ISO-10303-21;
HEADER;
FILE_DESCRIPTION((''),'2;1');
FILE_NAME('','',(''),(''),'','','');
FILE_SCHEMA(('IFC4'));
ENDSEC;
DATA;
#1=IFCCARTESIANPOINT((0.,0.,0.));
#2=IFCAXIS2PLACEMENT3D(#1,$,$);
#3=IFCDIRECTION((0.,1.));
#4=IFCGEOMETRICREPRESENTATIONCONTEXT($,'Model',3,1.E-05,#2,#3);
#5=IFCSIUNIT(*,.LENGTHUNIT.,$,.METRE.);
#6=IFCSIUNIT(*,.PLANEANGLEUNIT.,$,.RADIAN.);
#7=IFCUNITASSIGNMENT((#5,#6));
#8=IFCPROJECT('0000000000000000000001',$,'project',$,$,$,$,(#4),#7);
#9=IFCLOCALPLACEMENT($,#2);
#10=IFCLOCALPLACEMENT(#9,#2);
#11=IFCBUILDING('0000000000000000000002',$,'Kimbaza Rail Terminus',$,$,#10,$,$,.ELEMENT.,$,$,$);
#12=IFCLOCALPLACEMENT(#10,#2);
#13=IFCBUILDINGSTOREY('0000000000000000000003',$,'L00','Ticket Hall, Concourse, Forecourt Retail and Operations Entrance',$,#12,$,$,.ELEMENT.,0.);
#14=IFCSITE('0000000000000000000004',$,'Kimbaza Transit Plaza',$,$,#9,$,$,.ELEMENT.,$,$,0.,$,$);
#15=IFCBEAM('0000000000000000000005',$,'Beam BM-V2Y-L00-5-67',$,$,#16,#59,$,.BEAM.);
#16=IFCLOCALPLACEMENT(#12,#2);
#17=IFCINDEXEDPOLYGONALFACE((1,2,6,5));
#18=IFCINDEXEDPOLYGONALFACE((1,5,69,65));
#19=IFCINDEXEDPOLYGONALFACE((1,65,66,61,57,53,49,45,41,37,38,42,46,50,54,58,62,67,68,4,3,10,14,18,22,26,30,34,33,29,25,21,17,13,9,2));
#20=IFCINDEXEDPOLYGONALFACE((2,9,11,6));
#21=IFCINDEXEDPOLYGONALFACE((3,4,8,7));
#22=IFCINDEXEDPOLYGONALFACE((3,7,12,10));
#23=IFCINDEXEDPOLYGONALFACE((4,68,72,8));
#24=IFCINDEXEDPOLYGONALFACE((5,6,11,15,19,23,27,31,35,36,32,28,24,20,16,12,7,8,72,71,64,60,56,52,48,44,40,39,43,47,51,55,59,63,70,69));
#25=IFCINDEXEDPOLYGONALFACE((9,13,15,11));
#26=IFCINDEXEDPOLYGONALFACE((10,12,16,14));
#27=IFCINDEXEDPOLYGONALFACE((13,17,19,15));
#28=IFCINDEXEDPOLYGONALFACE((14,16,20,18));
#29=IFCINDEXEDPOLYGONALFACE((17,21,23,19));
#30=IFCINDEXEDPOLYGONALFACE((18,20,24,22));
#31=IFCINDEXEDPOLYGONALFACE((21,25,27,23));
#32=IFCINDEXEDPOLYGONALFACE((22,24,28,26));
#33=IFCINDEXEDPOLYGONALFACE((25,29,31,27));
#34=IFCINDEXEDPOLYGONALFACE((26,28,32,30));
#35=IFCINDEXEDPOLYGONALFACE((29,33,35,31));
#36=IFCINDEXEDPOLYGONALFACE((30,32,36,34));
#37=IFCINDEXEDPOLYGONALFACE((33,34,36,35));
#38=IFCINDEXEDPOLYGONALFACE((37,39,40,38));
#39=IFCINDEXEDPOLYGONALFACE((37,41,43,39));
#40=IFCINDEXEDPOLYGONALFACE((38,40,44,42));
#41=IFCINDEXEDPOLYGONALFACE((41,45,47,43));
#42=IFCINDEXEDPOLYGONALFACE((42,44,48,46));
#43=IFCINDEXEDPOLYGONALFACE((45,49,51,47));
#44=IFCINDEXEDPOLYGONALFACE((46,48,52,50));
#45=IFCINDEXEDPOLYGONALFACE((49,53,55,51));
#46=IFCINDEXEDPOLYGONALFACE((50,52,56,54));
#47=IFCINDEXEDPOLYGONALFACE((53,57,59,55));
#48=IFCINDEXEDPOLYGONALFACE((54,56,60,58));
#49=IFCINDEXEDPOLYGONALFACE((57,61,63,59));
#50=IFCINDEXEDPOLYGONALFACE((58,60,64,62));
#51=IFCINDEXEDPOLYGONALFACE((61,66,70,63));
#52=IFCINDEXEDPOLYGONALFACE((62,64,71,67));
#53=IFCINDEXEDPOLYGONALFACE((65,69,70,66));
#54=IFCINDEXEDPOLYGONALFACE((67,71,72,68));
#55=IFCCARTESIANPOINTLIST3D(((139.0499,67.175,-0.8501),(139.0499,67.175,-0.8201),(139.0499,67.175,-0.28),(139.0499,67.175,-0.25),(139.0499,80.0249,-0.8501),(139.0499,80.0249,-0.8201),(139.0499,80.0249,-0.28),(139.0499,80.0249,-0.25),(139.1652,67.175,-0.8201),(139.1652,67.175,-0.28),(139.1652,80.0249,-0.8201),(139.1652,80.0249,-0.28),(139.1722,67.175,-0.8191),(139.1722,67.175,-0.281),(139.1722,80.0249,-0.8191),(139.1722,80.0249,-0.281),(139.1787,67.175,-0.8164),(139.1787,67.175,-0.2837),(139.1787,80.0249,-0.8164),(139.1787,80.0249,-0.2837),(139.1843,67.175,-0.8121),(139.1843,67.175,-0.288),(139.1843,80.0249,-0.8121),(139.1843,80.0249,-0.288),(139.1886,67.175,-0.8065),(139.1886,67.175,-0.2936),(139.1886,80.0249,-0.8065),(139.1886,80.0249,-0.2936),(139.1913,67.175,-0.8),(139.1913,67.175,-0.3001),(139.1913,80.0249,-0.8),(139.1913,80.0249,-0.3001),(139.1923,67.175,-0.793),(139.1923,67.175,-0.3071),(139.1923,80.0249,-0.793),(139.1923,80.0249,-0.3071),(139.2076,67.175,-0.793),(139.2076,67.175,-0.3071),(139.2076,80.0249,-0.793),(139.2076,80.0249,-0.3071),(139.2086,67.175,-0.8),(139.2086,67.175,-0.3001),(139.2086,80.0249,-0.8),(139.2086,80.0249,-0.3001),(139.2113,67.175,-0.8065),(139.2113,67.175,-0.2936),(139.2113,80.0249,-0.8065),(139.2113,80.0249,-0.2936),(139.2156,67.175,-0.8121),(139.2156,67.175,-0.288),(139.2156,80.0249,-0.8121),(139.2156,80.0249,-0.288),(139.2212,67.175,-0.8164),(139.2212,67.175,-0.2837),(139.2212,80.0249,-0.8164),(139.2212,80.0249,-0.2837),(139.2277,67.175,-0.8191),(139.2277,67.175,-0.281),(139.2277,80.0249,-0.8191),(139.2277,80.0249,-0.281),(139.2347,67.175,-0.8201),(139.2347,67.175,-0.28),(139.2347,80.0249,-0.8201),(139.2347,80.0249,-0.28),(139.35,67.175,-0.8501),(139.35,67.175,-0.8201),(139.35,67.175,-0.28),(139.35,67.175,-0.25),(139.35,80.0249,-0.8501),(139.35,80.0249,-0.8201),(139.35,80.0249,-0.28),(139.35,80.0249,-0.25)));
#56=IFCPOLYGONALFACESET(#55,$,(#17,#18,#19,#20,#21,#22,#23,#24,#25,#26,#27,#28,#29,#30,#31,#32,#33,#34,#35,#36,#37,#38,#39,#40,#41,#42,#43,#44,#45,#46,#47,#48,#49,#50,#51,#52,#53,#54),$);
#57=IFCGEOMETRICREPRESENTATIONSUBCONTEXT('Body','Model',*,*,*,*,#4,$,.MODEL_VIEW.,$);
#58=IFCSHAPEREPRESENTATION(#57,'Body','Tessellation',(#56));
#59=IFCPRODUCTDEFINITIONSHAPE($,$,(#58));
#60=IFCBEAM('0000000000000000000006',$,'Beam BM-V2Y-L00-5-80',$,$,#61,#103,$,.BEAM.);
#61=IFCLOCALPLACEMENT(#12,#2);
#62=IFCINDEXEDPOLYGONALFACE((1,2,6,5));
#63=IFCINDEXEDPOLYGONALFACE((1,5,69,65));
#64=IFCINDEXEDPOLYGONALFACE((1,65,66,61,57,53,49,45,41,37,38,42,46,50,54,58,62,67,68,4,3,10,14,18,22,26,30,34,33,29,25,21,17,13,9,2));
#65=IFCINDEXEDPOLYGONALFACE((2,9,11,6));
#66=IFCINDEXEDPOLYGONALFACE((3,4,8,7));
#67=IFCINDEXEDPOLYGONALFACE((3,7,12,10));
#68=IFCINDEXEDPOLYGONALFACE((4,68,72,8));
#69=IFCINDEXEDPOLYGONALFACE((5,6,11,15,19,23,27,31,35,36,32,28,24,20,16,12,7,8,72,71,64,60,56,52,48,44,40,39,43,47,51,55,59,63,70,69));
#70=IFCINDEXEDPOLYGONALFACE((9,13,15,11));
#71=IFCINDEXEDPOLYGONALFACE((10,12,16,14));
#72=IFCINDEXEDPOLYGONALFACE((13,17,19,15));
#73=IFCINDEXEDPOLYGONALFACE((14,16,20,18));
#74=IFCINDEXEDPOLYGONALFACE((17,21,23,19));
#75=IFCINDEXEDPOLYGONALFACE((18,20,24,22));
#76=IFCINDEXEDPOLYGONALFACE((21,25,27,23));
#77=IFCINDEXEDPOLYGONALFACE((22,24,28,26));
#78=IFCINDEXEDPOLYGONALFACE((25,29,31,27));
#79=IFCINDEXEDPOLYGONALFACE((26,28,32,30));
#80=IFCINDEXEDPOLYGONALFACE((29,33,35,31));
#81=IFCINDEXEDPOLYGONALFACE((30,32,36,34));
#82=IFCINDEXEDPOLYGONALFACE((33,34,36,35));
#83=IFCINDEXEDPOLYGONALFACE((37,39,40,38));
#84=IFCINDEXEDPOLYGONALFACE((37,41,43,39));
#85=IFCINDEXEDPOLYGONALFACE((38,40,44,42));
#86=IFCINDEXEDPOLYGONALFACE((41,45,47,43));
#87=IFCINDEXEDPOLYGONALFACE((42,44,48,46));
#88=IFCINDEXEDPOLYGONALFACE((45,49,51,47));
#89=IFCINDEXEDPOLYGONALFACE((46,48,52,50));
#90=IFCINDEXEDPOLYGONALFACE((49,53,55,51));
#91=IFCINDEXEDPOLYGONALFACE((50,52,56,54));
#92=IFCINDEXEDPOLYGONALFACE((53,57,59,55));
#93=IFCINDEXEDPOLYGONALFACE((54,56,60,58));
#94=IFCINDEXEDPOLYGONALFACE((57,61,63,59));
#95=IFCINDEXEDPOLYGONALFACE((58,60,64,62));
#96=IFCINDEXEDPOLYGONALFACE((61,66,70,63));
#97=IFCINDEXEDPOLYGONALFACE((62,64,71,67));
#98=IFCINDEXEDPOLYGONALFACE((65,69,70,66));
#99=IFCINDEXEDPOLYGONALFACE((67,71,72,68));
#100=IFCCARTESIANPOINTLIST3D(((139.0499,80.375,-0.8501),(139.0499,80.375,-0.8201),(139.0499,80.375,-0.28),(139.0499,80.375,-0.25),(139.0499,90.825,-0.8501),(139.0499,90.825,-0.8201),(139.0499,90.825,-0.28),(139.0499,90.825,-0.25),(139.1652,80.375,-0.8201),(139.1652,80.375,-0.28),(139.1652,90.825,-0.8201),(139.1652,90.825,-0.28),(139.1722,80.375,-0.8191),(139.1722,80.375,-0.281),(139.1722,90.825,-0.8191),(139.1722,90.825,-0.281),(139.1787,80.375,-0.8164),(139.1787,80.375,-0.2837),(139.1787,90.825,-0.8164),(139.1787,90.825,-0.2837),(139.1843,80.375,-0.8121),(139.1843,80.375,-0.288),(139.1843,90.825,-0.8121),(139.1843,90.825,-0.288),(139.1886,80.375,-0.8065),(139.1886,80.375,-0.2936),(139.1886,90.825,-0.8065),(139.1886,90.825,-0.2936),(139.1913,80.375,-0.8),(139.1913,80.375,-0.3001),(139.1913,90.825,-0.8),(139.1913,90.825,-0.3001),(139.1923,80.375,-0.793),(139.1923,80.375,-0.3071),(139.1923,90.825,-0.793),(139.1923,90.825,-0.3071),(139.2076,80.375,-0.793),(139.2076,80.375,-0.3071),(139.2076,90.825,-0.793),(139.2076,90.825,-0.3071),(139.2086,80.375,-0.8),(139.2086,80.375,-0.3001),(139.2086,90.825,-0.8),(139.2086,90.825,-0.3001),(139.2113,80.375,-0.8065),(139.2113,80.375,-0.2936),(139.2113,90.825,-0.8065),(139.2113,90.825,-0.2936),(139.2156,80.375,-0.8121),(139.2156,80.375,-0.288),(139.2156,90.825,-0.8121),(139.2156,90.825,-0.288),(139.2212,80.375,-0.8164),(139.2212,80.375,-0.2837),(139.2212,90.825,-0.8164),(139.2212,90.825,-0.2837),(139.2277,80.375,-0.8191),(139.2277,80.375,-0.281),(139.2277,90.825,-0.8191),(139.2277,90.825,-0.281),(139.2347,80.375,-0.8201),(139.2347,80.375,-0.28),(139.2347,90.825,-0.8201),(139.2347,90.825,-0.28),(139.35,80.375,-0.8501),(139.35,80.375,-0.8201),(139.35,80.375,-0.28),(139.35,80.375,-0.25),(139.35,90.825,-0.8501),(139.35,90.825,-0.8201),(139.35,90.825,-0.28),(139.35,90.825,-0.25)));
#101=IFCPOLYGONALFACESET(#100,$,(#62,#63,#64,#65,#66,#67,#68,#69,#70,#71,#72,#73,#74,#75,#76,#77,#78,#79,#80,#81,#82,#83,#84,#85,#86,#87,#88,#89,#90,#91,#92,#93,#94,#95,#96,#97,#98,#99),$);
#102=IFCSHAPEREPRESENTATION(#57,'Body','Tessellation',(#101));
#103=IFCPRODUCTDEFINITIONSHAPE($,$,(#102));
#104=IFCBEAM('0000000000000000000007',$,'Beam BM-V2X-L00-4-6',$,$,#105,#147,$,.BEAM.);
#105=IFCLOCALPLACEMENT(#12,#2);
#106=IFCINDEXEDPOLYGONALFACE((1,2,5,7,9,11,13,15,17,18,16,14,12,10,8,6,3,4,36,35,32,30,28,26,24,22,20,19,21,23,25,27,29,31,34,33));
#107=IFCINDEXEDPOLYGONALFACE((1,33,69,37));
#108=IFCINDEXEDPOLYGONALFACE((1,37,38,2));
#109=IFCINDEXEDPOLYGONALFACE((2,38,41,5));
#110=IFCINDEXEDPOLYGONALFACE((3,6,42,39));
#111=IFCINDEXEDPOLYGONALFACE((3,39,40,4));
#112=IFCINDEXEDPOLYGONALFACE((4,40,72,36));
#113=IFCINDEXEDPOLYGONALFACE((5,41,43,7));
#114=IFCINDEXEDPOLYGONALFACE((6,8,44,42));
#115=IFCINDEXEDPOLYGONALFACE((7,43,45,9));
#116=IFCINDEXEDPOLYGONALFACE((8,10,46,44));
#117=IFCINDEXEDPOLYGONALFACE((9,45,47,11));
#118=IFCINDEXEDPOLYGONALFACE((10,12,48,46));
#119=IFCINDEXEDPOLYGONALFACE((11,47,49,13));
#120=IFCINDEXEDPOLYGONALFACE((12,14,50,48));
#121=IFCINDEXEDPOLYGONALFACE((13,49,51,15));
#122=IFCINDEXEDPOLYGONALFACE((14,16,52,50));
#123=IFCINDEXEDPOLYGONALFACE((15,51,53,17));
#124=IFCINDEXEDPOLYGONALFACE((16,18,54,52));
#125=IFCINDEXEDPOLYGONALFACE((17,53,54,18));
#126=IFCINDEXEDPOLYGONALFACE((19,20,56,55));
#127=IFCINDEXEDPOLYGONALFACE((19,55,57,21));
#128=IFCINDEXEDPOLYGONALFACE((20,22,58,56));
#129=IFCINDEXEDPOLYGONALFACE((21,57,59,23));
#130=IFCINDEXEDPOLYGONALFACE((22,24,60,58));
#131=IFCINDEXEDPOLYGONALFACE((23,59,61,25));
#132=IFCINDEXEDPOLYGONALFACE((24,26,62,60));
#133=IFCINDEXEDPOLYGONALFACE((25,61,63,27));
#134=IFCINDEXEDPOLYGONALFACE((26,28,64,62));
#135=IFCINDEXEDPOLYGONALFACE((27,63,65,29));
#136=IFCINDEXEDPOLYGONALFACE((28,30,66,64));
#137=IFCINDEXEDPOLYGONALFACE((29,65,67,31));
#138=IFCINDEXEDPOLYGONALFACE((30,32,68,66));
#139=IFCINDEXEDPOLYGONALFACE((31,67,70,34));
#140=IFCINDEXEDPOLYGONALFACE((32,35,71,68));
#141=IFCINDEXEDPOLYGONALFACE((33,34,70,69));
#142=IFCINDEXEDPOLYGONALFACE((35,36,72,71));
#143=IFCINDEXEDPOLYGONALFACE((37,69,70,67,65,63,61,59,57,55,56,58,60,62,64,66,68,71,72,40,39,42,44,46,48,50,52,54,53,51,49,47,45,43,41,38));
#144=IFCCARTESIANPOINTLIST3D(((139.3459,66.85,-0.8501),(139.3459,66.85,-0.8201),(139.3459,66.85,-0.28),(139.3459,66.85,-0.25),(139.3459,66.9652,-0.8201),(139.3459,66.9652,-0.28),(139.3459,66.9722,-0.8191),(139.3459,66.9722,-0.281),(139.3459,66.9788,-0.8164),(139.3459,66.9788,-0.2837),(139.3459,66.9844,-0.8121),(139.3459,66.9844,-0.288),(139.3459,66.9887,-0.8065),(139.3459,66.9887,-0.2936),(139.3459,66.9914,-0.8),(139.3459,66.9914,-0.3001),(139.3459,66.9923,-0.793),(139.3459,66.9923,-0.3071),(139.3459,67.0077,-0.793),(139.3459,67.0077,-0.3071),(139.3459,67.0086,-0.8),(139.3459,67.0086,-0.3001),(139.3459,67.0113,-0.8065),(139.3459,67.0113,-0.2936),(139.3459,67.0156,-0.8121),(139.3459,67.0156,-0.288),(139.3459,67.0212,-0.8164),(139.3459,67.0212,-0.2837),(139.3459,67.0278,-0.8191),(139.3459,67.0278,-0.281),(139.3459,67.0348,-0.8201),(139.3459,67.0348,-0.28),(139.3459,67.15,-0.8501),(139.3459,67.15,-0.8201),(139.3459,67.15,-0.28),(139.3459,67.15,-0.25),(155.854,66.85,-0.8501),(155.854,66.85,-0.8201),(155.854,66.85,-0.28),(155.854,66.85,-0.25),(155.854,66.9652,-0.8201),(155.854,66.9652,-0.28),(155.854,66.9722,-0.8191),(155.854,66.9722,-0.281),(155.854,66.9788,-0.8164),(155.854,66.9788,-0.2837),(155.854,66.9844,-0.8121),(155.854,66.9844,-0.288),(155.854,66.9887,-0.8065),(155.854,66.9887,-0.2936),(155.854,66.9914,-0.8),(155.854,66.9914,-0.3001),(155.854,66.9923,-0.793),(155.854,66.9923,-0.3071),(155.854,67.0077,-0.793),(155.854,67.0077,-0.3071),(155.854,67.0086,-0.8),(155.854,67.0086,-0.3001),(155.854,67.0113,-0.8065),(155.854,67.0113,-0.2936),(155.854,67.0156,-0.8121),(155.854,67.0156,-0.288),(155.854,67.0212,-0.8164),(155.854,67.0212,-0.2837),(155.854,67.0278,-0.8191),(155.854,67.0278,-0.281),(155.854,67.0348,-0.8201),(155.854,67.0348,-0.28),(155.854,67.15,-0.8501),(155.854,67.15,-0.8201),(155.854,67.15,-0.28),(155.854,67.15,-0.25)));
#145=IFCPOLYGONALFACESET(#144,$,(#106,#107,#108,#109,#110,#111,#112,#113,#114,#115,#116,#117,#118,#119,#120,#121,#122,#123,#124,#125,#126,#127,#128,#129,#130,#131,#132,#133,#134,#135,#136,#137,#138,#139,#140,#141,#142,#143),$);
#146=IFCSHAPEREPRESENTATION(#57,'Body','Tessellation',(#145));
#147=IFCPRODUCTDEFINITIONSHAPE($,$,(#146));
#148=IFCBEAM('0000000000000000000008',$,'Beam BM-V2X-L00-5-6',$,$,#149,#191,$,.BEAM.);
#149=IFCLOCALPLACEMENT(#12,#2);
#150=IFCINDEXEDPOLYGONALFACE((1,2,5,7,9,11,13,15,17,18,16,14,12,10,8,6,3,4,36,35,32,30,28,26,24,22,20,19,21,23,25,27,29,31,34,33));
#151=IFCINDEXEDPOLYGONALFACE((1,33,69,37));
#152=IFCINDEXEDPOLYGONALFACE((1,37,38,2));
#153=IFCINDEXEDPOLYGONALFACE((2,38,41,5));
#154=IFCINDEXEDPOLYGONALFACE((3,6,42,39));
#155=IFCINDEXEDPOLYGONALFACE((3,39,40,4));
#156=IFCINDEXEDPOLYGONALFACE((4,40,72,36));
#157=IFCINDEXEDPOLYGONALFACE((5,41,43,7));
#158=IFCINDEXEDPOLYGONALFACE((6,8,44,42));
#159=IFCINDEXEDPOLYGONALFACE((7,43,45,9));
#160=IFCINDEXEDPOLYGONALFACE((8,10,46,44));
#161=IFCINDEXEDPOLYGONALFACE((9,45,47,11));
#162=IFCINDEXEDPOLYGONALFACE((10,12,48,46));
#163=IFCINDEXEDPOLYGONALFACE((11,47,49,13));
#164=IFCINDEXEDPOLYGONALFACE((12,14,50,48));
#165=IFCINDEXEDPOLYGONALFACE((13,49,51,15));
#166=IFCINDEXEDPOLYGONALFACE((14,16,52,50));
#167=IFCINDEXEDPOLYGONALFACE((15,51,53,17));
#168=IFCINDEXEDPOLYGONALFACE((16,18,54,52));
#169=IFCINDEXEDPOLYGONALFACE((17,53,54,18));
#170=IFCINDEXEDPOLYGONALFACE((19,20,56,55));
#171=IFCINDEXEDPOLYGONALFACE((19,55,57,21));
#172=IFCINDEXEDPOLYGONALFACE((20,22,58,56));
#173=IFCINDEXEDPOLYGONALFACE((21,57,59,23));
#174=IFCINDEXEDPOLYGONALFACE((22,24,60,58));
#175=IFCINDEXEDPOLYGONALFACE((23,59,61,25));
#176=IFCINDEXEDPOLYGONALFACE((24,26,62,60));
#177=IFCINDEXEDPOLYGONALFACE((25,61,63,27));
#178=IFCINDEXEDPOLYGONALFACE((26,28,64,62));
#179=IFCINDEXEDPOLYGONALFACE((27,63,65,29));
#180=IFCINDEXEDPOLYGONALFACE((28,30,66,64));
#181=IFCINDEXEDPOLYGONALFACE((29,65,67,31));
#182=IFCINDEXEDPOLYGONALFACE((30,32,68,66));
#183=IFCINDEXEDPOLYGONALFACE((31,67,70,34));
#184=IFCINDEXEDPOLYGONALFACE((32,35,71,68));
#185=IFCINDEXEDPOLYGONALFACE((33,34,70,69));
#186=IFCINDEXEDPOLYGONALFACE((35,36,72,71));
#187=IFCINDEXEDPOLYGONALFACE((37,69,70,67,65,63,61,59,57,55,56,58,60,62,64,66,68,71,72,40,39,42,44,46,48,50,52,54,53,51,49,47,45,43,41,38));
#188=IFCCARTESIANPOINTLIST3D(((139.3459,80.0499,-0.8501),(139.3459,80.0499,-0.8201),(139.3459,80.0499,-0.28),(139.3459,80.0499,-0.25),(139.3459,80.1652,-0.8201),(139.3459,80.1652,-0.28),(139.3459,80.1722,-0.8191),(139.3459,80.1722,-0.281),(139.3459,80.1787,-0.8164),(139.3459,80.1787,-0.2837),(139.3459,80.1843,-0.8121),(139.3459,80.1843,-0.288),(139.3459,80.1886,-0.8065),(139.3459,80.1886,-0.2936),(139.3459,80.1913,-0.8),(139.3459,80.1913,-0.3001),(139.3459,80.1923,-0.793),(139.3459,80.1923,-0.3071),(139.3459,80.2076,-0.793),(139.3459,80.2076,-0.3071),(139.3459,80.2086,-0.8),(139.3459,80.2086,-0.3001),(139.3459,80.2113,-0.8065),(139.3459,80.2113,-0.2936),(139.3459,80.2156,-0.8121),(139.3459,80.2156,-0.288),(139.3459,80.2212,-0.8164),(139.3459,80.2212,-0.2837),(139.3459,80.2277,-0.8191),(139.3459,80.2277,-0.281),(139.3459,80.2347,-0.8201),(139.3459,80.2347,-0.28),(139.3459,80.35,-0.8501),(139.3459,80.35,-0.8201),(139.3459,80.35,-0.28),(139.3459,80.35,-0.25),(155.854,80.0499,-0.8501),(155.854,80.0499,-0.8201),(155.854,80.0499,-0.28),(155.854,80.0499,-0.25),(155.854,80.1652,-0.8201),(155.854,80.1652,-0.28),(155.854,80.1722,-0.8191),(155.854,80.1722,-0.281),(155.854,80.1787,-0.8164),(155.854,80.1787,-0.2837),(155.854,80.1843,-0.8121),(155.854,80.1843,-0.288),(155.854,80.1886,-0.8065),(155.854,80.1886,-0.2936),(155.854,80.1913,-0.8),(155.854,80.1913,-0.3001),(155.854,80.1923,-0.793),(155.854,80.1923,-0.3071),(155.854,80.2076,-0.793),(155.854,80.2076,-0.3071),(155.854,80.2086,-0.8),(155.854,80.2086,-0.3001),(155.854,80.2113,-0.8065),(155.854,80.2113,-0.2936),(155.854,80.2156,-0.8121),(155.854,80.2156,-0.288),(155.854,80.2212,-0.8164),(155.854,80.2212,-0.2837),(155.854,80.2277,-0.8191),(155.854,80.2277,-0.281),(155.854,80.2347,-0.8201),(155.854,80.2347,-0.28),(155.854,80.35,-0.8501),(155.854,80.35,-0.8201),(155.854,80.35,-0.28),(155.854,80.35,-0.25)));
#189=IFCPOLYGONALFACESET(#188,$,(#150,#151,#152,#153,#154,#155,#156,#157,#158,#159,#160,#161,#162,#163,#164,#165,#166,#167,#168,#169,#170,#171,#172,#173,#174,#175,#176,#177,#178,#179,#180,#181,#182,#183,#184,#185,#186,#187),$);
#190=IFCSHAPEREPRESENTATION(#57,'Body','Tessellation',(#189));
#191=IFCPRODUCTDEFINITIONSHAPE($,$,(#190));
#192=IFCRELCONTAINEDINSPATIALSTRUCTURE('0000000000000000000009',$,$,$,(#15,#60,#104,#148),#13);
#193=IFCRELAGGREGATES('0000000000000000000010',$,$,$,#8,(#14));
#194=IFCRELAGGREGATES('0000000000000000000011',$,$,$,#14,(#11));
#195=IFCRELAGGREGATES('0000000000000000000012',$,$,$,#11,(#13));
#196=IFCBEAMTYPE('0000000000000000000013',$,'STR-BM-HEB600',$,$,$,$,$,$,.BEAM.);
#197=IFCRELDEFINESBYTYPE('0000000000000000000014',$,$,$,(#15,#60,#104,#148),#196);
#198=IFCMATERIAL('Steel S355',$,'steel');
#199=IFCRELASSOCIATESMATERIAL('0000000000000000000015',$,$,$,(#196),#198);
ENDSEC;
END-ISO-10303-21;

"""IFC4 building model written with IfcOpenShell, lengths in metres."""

from ifc_helpers import new_model, si_unit, direction, frame, origin, origin_2d, place, context, subcontext, project, spatial, i_section, extrude, material, material_profile, profile_set, type_object, element, save


model = new_model("IFC4")

# Units and contexts
model_context = context("Model", 3, precision=1e-05, world=origin(), true_north=direction((0.0, 1.0)))
body_context = subcontext(model_context, "Body", "Model", "MODEL_VIEW")
ifc_project = project(units=[si_unit("LENGTHUNIT", "METRE"), si_unit("PLANEANGLEUNIT", "RADIAN")], contexts=[model_context])

# Site, building, storey
site_placement = place(None, origin())
site = spatial("IfcSite", under=ifc_project, at=site_placement, Name="Kimbaza Transit Plaza", CompositionType="ELEMENT", RefElevation=0.0)
building_placement = place(site_placement, origin())
building = spatial("IfcBuilding", under=site, at=building_placement, Name="Kimbaza Rail Terminus", CompositionType="ELEMENT")
storey_placement = place(building_placement, origin())
storey = spatial("IfcBuildingStorey", under=building, at=storey_placement, Name="L00", Description="Ticket Hall, Concourse, Forecourt Retail and Operations Entrance", CompositionType="ELEMENT", Elevation=0.0)

# Beams
ifc_material_1 = material(Name="Steel S355", Category="steel")
ifc_material_profile_1 = material_profile(ifc_material_1, i_section(OverallWidth=0.3, OverallDepth=0.6001, WebThickness=0.0154, FlangeThickness=0.03, FilletRadius=0.0271, at=origin_2d()), Name="HEB 600")
ifc_profile_set_1 = profile_set([ifc_material_profile_1], Name="Steel S355")
beam_type_1 = type_object("IfcBeamType", Name="STR-BM-HEB600", PredefinedType="BEAM", material=ifc_profile_set_1)
beam_1_placement = place(storey_placement, frame((139.2, 67.175, -0.55), z_axis=(0.0, 1.0, 0.0), x_axis=(-1.0, 0.0, 0.0)))
element("IfcBeam", 1, at=beam_1_placement, inside=storey, type_object=beam_type_1, Name="Beam BM-V2Y-L00-5-67", PredefinedType="BEAM", context=body_context, shape_type="SweptSolid", body=[
    extrude(i_section(OverallWidth=0.3, OverallDepth=0.6001, WebThickness=0.0154, FlangeThickness=0.03, FilletRadius=0.0271, at=origin_2d()), origin(), (0.0, 0.0, 1.0), 12.8499),
])
beam_2_placement = place(storey_placement, frame((139.2, 80.375, -0.55), z_axis=(0.0, 1.0, 0.0), x_axis=(-1.0, 0.0, 0.0)))
element("IfcBeam", 2, at=beam_2_placement, inside=storey, type_object=beam_type_1, Name="Beam BM-V2Y-L00-5-80", PredefinedType="BEAM", context=body_context, shape_type="SweptSolid", body=[
    extrude(i_section(OverallWidth=0.3, OverallDepth=0.6001, WebThickness=0.0154, FlangeThickness=0.03, FilletRadius=0.0271, at=origin_2d()), origin(), (0.0, 0.0, 1.0), 10.45),
])
for number, where, z_axis, x_axis, name in (
    (3, (139.3459, 67.0, -0.55), (1.0, 0.0, 0.0), (0.0, 1.0, 0.0), "Beam BM-V2X-L00-4-6"),
    (4, (139.3459, 80.2, -0.55), (1.0, 0.0, 0.0), (0.0, 1.0, 0.0), "Beam BM-V2X-L00-5-6"),
):
    element("IfcBeam", number, at=place(storey_placement, frame(where, z_axis=z_axis, x_axis=x_axis)), inside=storey, type_object=beam_type_1, Name=name, PredefinedType="BEAM", context=body_context, shape_type="SweptSolid", body=[
        extrude(i_section(OverallWidth=0.3, OverallDepth=0.6001, WebThickness=0.0154, FlangeThickness=0.03, FilletRadius=0.0271, at=origin_2d()), origin(), (0.0, 0.0, 1.0), 16.5081),
    ])

save(model, "model.ifc")
